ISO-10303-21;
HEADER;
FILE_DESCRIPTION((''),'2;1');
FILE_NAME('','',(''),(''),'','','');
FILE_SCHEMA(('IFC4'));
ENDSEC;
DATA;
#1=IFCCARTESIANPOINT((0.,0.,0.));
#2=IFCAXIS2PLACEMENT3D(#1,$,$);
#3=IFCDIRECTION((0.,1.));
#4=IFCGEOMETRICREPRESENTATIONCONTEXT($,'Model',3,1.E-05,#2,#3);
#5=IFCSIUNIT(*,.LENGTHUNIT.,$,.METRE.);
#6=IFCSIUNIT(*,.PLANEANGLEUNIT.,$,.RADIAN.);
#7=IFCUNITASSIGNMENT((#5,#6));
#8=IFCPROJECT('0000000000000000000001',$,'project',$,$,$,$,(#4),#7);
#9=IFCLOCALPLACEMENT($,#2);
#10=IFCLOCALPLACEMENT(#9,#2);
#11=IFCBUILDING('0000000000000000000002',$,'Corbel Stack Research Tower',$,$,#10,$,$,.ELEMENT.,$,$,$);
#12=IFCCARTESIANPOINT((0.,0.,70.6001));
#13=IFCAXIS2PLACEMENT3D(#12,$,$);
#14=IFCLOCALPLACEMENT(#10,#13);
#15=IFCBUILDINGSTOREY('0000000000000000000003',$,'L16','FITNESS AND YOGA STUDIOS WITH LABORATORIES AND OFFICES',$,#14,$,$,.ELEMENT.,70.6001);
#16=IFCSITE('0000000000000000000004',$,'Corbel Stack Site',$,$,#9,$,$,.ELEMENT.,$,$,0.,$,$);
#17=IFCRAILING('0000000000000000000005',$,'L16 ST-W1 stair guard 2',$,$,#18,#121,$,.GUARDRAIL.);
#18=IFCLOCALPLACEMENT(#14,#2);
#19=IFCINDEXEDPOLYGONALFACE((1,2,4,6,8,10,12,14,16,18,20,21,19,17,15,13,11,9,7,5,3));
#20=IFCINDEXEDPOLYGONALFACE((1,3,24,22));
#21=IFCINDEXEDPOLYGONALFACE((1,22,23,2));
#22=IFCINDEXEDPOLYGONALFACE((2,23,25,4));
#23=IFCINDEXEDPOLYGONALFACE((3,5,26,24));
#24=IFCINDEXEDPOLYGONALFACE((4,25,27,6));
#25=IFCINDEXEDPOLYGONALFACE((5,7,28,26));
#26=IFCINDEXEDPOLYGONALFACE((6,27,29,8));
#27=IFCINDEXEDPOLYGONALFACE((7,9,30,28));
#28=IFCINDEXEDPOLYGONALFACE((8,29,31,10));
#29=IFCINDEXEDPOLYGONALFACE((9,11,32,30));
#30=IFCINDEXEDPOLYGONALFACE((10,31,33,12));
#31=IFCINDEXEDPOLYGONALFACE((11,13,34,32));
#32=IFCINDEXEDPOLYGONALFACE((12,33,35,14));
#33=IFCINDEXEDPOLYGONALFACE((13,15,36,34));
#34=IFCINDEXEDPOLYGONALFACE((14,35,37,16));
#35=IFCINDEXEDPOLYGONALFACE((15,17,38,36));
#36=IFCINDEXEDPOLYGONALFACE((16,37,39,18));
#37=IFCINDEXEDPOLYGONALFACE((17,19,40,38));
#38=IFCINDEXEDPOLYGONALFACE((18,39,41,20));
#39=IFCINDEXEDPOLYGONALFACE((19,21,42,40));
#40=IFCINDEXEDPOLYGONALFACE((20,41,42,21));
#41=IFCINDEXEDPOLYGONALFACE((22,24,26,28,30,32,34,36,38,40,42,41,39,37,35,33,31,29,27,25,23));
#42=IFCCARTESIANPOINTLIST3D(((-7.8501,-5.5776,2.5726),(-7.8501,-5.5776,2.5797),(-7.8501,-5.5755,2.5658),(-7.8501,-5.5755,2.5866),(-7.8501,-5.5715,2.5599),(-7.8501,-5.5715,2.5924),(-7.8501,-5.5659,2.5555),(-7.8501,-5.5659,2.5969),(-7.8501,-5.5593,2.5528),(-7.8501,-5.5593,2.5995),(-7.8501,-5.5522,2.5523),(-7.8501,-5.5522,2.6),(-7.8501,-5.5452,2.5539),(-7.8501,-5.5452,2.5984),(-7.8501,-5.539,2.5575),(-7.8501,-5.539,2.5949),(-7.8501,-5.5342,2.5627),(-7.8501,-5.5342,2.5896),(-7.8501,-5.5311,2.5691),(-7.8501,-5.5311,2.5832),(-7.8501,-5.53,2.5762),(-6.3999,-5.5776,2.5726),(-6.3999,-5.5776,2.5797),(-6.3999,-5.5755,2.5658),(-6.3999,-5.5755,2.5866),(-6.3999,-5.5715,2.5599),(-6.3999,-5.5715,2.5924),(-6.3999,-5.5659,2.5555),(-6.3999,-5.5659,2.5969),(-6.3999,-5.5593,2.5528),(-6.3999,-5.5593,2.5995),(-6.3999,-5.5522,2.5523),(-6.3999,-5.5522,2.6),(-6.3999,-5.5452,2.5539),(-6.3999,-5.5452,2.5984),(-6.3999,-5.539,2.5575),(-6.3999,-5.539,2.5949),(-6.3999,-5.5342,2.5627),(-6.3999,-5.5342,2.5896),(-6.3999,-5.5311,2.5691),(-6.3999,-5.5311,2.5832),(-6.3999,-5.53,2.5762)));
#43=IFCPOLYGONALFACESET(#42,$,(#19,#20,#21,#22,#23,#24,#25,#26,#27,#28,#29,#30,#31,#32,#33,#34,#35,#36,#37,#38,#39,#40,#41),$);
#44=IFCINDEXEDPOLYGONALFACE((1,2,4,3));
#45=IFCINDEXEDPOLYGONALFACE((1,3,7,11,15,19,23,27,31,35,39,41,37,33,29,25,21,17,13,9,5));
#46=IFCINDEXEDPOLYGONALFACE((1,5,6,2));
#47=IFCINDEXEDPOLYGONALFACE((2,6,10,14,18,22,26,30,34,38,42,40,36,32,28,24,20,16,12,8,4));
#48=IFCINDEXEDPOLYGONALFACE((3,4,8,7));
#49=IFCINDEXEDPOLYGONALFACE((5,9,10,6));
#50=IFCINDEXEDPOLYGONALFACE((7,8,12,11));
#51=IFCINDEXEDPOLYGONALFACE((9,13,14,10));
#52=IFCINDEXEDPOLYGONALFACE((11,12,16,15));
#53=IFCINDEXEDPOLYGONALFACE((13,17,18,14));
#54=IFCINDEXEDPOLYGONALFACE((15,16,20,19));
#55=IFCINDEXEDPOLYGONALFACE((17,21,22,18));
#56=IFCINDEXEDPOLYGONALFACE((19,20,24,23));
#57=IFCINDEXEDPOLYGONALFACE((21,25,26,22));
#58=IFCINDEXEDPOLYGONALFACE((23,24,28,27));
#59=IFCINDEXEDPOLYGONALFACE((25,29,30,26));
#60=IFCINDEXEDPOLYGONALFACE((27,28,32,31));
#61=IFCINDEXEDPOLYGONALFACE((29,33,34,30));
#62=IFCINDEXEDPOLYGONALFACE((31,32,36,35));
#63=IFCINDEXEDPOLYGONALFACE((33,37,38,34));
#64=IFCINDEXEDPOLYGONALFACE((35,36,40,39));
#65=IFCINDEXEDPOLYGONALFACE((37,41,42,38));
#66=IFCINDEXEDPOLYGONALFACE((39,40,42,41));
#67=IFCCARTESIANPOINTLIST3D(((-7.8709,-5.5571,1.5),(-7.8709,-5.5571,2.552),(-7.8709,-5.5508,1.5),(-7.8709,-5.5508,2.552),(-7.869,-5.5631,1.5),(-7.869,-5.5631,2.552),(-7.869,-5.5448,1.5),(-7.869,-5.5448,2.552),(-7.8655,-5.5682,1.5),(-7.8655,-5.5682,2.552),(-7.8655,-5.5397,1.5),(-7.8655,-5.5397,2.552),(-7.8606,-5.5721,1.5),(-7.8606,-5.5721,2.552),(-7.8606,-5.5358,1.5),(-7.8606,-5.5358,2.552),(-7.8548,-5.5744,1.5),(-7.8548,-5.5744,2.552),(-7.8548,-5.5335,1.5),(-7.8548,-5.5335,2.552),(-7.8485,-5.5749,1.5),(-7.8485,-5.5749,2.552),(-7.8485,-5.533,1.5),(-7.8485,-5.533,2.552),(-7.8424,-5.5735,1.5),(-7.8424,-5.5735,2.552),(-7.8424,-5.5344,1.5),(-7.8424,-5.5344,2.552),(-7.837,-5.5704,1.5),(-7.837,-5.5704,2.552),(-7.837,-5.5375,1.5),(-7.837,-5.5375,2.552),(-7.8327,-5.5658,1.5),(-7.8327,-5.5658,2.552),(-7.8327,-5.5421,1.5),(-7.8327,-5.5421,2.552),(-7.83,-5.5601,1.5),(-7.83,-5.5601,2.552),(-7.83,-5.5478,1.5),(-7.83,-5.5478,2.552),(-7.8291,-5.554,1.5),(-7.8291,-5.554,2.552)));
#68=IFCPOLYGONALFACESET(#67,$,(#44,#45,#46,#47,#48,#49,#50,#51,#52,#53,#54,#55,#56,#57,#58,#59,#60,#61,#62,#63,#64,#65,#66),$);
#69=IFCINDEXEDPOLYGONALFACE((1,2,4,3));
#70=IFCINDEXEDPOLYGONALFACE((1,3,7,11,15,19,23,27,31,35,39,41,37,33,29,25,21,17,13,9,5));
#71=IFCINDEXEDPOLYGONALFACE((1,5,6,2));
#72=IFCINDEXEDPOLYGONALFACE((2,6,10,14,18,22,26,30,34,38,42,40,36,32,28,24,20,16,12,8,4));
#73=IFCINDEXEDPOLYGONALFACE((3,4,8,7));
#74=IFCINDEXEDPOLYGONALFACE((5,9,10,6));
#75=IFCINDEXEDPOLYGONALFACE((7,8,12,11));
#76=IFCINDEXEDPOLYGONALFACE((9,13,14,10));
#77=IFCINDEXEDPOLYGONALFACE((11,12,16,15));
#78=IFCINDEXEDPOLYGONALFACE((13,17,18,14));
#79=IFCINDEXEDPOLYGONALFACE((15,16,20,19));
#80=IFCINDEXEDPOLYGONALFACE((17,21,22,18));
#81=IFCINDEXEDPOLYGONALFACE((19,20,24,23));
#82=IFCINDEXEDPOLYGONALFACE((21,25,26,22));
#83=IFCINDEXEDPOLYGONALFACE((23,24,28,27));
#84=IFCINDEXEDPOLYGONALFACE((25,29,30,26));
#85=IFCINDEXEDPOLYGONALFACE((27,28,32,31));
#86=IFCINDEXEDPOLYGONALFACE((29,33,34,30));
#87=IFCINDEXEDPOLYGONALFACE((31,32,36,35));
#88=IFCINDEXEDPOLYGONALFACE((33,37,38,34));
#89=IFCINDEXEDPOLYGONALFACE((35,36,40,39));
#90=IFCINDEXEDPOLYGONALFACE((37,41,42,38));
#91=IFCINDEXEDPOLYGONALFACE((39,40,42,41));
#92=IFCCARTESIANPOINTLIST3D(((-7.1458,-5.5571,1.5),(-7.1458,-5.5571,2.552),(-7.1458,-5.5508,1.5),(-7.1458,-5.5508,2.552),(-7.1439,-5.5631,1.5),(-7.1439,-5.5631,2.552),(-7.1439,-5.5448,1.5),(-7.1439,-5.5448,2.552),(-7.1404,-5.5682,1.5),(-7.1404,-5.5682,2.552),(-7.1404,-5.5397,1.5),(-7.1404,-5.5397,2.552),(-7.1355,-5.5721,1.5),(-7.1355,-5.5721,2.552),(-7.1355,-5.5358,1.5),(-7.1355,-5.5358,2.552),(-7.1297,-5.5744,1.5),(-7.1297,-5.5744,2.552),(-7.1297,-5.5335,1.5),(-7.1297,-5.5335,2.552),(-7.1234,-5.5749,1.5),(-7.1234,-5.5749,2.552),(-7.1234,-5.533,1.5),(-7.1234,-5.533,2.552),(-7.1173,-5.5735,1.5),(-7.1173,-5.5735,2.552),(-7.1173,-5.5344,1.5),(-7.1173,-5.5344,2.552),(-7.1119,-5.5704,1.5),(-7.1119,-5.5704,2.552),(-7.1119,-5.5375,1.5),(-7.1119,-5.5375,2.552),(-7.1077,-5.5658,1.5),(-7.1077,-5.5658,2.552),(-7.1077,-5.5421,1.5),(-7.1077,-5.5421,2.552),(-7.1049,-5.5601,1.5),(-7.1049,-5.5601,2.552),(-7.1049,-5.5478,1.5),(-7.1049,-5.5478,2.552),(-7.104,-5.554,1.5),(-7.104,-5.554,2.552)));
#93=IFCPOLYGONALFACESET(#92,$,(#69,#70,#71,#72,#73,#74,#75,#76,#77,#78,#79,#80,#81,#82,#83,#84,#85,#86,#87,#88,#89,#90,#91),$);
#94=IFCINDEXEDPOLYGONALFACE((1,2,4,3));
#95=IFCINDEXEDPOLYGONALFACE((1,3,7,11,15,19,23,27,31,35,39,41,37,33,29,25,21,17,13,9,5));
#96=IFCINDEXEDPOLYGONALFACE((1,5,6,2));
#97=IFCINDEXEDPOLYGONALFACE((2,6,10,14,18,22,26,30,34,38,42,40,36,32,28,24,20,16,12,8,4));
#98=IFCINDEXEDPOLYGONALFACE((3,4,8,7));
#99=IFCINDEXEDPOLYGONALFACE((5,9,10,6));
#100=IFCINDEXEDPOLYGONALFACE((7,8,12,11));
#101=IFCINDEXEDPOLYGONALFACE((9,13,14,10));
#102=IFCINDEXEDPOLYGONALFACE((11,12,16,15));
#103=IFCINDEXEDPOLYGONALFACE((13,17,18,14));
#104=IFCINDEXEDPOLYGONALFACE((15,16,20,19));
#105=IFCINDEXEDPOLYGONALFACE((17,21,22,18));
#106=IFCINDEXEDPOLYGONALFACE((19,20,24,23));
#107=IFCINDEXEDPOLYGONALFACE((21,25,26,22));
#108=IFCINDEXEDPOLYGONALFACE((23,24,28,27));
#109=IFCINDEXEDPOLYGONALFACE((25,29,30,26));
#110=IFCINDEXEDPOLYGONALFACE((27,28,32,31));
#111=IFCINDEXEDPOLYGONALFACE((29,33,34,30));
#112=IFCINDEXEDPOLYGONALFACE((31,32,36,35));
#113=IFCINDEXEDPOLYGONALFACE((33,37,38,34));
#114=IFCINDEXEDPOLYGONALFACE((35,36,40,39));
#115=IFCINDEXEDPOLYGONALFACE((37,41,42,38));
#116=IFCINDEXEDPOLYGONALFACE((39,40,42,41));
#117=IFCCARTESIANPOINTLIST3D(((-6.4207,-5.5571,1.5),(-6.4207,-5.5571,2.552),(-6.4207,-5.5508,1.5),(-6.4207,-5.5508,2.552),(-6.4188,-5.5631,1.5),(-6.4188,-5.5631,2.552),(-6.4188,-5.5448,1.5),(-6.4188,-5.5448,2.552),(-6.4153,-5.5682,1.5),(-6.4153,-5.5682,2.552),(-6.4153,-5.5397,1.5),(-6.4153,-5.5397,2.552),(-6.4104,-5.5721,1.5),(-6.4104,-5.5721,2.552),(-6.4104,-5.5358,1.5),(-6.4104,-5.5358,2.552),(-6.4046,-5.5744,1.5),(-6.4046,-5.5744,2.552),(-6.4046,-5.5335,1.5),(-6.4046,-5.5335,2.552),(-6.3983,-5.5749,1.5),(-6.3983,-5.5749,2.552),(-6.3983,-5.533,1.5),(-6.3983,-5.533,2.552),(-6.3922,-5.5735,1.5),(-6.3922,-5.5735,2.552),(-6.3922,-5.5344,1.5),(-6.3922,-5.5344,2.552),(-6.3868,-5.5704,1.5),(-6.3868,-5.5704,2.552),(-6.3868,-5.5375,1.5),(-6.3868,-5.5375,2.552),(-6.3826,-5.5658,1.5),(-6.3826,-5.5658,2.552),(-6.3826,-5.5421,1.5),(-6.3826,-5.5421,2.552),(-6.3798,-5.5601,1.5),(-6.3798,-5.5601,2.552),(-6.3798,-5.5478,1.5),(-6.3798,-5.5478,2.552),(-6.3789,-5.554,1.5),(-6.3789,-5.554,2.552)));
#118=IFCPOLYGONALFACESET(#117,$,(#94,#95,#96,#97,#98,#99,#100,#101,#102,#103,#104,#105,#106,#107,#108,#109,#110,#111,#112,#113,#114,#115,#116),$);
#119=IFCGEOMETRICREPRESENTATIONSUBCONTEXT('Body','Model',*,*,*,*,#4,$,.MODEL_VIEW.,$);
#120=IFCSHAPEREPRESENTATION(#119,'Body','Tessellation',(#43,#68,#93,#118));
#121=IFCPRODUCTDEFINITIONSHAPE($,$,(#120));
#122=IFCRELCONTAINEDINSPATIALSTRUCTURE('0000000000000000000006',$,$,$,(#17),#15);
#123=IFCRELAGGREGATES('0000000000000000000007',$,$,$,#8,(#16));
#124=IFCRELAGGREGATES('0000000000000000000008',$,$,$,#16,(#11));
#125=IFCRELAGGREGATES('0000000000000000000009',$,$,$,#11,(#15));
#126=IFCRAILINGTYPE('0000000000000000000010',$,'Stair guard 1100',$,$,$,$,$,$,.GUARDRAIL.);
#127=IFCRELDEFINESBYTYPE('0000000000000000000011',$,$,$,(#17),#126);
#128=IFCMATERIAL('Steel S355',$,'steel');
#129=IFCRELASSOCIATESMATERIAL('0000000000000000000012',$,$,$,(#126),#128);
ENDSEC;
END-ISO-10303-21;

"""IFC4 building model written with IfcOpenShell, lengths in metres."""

from ifc_helpers import new_model, si_unit, direction, frame, origin, origin_2d, place, context, subcontext, project, spatial, circle, extrude, material, type_object, element, save


model = new_model("IFC4")

# Units and contexts
model_context = context("Model", 3, precision=1e-05, world=origin(), true_north=direction((0.0, 1.0)))
body_context = subcontext(model_context, "Body", "Model", "MODEL_VIEW")
ifc_project = project(units=[si_unit("LENGTHUNIT", "METRE"), si_unit("PLANEANGLEUNIT", "RADIAN")], contexts=[model_context])

# Site, building, storey
site_placement = place(None, origin())
site = spatial("IfcSite", under=ifc_project, at=site_placement, Name="Corbel Stack Site", CompositionType="ELEMENT", RefElevation=0.0)
building_placement = place(site_placement, origin())
building = spatial("IfcBuilding", under=site, at=building_placement, Name="Corbel Stack Research Tower", CompositionType="ELEMENT")
storey_placement = place(building_placement, frame((0.0, 0.0, 70.6001)))
storey = spatial("IfcBuildingStorey", under=building, at=storey_placement, Name="L16", Description="FITNESS AND YOGA STUDIOS WITH LABORATORIES AND OFFICES", CompositionType="ELEMENT", Elevation=70.6001)

# Railing
ifc_material_1 = material(Name="Steel S355", Category="steel")
railing_type_1 = type_object("IfcRailingType", Name="Stair guard 1100", PredefinedType="GUARDRAIL", material=ifc_material_1)
railing_1_placement = place(storey_placement, frame((-7.8501, -5.554, 1.5)))
element("IfcRailing", 1, at=railing_1_placement, inside=storey, type_object=railing_type_1, Name="L16 ST-W1 stair guard 2", PredefinedType="GUARDRAIL", context=body_context, shape_type="SweptSolid", body=[
    extrude(circle(Radius=0.0239, at=origin_2d()), frame((0.0, 0.0, 1.0762), z_axis=(1.0, 0.0, 0.0), x_axis=(0.0, 1.0, 0.0)), (0.0, 0.0, 1.0), 1.4502),
    extrude(circle(Radius=0.021, at=origin_2d()), origin(), (0.0, 0.0, 1.0), 1.052),
    extrude(circle(Radius=0.021, at=origin_2d()), frame((0.7251, 0.0, 0.0)), (0.0, 0.0, 1.0), 1.052),
    extrude(circle(Radius=0.021, at=origin_2d()), frame((1.4502, 0.0, 0.0)), (0.0, 0.0, 1.0), 1.052),
])

save(model, "model.ifc")
